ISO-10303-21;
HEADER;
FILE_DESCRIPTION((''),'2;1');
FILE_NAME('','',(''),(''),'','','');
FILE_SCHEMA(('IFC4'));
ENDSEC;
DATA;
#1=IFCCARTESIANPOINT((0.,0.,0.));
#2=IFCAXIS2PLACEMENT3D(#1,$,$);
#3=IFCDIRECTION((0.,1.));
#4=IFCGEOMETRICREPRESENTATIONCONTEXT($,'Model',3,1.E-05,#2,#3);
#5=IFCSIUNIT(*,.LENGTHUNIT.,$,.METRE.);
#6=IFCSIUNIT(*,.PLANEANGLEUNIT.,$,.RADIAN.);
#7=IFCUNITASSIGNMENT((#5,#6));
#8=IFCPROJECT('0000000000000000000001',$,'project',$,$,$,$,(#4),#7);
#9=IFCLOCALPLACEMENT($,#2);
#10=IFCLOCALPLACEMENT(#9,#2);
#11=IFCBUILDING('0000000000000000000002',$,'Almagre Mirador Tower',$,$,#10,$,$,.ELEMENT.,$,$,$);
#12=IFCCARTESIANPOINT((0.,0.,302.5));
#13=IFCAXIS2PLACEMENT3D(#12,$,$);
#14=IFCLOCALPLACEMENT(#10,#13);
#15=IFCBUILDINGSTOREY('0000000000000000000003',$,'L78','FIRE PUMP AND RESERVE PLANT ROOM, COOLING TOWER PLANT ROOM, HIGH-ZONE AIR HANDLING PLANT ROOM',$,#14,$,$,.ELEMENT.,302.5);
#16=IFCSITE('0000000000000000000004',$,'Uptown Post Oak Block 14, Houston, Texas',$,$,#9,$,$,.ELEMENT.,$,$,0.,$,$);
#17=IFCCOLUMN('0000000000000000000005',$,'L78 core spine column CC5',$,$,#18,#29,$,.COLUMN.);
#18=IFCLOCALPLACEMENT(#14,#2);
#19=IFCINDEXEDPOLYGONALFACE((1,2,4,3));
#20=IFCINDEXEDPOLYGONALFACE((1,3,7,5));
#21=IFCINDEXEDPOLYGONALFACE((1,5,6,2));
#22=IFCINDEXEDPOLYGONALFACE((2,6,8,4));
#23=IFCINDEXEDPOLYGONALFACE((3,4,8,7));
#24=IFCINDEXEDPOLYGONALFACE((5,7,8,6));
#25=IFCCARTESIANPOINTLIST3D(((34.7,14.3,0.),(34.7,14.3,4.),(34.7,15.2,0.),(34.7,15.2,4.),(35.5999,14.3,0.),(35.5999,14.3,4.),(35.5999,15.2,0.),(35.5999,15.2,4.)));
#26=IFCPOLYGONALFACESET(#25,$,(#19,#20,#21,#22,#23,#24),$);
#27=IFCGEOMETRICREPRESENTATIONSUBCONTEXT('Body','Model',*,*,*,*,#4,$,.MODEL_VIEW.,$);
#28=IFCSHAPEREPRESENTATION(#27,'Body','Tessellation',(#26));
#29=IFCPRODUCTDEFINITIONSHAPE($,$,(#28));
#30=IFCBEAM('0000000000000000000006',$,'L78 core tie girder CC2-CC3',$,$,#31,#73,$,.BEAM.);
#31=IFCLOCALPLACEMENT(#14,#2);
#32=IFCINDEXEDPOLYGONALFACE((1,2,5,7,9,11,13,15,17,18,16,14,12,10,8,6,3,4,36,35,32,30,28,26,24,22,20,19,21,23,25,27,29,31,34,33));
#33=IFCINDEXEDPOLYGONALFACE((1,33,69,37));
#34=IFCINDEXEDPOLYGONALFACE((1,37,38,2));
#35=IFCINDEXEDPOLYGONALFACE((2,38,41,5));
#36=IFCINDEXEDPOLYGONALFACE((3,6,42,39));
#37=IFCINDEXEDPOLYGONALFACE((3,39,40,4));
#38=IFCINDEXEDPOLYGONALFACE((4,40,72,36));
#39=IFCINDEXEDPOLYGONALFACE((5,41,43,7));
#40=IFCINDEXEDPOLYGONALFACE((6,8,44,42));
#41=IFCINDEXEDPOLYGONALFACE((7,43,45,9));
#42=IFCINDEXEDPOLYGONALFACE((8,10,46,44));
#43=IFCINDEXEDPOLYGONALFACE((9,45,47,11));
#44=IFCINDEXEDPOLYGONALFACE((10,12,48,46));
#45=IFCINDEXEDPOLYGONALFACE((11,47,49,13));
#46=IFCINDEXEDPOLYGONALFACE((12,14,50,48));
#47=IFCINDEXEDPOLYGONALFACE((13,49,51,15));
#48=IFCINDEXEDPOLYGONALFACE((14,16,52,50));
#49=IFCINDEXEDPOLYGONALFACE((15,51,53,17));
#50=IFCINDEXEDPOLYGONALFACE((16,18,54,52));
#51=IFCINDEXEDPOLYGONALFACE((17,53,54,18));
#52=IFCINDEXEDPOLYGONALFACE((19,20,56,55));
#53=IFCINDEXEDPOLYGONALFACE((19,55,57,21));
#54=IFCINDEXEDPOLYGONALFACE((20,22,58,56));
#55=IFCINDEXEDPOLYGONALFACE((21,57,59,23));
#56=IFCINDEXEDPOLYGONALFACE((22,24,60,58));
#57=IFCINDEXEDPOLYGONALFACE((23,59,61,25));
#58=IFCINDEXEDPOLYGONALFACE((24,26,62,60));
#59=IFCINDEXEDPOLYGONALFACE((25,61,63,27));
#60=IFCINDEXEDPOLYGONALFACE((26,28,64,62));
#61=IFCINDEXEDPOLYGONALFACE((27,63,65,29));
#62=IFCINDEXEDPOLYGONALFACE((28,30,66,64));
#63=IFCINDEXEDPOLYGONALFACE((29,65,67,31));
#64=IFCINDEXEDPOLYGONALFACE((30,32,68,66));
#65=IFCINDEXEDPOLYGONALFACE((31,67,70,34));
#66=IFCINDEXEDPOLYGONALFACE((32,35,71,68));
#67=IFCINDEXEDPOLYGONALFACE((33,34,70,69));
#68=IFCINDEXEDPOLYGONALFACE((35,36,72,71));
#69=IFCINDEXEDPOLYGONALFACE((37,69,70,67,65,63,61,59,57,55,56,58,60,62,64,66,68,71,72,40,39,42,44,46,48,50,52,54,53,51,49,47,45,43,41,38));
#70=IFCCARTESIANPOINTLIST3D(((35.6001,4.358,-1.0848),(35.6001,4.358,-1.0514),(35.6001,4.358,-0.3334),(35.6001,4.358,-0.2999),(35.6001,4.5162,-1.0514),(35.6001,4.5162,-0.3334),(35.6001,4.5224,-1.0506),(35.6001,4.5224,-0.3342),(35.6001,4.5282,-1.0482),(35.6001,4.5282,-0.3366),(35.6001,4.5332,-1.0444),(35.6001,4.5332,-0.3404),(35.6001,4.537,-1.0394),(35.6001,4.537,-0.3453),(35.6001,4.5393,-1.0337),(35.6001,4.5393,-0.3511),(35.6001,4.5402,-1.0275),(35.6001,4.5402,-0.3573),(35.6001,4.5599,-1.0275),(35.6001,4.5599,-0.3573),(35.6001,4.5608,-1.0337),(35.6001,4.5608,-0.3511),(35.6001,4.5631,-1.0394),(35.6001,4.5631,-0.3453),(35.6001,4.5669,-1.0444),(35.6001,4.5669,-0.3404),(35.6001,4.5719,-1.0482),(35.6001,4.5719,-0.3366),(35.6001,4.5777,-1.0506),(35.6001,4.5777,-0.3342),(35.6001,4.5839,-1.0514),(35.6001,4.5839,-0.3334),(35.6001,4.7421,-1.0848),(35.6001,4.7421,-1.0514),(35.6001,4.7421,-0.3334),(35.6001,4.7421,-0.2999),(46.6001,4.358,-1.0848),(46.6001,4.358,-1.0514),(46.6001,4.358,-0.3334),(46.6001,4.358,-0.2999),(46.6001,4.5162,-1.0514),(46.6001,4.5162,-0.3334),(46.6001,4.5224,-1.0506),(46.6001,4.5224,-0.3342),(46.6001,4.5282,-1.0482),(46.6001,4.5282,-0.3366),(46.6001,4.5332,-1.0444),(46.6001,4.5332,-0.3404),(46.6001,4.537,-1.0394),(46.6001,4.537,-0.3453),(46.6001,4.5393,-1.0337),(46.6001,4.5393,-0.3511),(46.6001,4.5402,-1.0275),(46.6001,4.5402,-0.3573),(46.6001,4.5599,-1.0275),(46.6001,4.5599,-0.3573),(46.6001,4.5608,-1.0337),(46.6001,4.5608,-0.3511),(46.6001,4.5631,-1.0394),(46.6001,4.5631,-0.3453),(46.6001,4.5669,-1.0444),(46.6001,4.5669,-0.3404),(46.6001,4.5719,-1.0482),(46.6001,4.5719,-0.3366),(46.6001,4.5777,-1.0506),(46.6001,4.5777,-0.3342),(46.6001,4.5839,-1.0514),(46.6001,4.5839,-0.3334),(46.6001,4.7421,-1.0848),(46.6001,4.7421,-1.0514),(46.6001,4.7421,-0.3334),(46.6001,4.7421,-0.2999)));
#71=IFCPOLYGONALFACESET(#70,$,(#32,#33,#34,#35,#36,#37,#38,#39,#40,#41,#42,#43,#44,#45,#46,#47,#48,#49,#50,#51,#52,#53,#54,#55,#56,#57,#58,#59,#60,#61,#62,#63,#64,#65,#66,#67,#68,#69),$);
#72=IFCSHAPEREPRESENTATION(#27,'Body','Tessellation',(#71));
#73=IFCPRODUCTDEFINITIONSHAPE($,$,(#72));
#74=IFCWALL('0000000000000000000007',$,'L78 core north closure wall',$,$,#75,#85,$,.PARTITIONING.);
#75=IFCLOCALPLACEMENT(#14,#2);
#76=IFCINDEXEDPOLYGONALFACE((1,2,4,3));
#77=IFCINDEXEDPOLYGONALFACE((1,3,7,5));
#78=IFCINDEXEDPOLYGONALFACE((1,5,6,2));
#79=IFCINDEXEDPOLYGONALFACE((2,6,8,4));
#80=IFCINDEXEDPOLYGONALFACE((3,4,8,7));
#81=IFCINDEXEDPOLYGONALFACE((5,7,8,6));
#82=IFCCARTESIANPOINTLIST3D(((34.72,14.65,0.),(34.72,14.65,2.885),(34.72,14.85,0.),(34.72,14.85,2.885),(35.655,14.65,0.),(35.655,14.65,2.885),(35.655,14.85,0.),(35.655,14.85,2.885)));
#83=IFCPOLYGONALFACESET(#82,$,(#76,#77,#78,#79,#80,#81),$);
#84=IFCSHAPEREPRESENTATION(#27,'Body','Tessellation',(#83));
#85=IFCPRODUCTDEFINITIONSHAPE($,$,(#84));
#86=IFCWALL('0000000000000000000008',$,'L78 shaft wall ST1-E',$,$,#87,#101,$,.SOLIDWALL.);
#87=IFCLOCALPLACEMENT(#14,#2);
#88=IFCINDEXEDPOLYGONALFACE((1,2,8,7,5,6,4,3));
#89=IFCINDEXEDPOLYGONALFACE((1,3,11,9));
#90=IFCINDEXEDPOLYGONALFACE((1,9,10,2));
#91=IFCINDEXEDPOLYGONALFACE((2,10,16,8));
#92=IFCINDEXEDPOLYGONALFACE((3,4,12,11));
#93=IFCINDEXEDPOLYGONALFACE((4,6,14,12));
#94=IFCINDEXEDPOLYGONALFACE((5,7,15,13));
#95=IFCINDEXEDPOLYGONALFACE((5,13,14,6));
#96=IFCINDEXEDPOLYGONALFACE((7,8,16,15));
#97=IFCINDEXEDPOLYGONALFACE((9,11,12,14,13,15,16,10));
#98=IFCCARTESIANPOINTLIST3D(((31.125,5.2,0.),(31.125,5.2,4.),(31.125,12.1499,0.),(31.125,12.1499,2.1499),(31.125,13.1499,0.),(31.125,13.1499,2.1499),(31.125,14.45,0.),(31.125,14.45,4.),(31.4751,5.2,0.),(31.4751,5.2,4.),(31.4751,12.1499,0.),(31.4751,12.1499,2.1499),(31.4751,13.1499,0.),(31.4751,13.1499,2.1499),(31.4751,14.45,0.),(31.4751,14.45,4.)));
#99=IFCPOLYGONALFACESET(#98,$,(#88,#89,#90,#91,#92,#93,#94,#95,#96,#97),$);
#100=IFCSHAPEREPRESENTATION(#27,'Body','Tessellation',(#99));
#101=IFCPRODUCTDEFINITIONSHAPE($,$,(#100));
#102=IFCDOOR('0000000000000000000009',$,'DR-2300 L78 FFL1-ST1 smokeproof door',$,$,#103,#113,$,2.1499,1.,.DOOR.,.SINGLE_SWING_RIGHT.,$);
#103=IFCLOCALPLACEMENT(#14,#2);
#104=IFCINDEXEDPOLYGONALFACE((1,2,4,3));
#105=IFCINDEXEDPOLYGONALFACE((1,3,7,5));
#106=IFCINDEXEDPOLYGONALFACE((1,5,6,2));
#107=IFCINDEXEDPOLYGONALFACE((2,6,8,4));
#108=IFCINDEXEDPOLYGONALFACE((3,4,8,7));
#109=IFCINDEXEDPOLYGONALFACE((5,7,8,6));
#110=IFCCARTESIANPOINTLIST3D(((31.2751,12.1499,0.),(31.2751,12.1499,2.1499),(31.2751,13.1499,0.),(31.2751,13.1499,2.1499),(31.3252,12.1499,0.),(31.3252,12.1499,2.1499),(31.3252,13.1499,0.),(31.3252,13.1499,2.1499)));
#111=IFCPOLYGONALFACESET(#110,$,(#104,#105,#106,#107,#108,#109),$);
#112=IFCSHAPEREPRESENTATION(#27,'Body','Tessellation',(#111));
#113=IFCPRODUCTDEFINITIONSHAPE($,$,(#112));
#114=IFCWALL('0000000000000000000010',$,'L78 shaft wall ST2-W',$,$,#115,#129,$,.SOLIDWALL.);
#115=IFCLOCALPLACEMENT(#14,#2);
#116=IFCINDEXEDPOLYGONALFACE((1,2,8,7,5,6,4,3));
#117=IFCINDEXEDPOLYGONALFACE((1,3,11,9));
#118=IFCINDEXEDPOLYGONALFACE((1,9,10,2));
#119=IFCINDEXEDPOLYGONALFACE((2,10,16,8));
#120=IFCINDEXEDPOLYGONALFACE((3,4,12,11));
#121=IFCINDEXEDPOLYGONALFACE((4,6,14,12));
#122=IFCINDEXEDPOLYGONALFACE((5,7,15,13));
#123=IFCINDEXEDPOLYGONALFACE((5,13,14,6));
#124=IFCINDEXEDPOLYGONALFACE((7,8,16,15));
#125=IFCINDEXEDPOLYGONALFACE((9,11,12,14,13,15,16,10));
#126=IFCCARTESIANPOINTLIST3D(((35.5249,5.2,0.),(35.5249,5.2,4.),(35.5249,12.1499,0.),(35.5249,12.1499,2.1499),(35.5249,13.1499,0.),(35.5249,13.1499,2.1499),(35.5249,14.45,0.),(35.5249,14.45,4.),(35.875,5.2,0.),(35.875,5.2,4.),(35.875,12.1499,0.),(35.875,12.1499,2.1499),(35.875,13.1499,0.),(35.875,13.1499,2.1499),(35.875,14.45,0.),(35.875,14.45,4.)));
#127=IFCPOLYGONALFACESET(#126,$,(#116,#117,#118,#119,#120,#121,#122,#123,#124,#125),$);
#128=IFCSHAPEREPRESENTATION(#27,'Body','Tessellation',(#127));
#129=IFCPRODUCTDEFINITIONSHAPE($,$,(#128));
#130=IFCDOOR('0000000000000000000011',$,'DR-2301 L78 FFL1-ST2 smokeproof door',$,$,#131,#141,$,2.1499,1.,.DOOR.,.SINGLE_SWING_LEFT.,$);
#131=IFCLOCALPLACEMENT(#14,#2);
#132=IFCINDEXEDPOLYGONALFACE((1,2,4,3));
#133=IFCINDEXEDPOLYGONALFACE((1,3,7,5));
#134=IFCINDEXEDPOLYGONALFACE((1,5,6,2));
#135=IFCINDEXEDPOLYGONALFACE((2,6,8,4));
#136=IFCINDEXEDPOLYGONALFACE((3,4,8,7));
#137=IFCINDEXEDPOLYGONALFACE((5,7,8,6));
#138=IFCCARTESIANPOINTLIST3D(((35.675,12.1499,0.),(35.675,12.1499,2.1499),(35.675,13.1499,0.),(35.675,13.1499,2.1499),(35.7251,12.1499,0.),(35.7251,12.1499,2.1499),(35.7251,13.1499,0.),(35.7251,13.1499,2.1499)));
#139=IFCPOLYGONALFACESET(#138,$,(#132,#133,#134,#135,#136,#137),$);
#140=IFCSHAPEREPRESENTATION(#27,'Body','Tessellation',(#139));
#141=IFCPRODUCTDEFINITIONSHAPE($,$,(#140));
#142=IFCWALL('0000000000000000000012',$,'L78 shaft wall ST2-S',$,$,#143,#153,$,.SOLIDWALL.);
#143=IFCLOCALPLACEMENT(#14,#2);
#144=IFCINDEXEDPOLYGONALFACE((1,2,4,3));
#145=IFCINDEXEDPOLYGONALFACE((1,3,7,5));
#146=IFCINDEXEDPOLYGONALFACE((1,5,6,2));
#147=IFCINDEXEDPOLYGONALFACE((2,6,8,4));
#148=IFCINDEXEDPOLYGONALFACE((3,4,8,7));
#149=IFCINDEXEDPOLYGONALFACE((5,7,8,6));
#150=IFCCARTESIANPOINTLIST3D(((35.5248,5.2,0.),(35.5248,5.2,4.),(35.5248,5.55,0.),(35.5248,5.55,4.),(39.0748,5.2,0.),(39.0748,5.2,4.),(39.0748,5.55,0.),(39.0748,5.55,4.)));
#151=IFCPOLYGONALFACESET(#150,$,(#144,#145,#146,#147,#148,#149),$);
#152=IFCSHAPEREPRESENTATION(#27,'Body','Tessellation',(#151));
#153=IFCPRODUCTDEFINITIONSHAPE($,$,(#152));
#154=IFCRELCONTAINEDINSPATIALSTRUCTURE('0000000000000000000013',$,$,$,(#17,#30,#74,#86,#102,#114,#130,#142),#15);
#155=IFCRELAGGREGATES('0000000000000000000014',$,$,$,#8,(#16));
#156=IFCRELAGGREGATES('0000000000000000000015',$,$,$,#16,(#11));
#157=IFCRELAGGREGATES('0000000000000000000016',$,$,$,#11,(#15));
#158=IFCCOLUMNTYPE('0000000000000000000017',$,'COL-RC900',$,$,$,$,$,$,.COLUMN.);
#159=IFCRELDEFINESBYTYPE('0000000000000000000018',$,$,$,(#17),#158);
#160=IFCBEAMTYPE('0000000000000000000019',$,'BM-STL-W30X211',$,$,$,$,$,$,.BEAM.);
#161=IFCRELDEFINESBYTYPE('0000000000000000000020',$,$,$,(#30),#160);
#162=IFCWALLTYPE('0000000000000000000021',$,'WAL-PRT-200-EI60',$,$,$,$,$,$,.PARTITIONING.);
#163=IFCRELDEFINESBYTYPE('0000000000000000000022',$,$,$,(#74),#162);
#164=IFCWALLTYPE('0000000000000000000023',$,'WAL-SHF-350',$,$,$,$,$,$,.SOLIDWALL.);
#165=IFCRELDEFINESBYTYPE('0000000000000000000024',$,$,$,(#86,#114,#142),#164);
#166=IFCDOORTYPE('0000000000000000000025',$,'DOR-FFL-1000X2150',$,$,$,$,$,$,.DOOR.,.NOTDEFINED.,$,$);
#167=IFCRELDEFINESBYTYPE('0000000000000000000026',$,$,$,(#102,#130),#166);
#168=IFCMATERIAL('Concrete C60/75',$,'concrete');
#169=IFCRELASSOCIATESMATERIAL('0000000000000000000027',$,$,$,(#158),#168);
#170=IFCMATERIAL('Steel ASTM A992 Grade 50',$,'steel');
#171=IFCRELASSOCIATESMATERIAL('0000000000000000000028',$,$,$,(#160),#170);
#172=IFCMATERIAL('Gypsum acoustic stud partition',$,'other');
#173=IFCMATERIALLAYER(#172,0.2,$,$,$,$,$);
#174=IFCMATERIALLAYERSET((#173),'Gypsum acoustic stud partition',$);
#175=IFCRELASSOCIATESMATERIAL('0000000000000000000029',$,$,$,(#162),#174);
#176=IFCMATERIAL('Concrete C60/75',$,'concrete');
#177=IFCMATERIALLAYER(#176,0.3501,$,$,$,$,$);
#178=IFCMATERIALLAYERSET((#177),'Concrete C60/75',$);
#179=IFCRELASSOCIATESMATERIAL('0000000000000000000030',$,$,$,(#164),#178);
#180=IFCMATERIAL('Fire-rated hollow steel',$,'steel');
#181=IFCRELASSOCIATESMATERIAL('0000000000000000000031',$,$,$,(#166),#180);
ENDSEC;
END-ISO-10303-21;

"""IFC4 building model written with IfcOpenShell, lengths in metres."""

from ifc_helpers import new_model, si_unit, direction, frame, frame_2d, origin, origin_2d, place, context, subcontext, project, spatial, rectangle, i_section, extrude, material, layer, layer_set, material_profile, profile_set, type_object, element, fill, save


model = new_model("IFC4")

# Units and contexts
model_context = context("Model", 3, precision=1e-05, world=origin(), true_north=direction((0.0, 1.0)))
body_context = subcontext(model_context, "Body", "Model", "MODEL_VIEW")
ifc_project = project(units=[si_unit("LENGTHUNIT", "METRE"), si_unit("PLANEANGLEUNIT", "RADIAN")], contexts=[model_context])

# Site, building, storey
site_placement = place(None, origin())
site = spatial("IfcSite", under=ifc_project, at=site_placement, Name="Uptown Post Oak Block 14, Houston, Texas", CompositionType="ELEMENT", RefElevation=0.0)
building_placement = place(site_placement, origin())
building = spatial("IfcBuilding", under=site, at=building_placement, Name="Almagre Mirador Tower", CompositionType="ELEMENT")
storey_placement = place(building_placement, frame((0.0, 0.0, 302.5)))
storey = spatial("IfcBuildingStorey", under=building, at=storey_placement, Name="L78", Description="FIRE PUMP AND RESERVE PLANT ROOM, COOLING TOWER PLANT ROOM, HIGH-ZONE AIR HANDLING PLANT ROOM", CompositionType="ELEMENT", Elevation=302.5)

# Column
ifc_material_1 = material(Name="Concrete C60/75", Category="concrete")
ifc_material_profile_1 = material_profile(ifc_material_1, rectangle(XDim=0.8999, YDim=0.8999, at=origin_2d()), Name="RC900X900")
ifc_profile_set_1 = profile_set([ifc_material_profile_1], Name="Concrete C60/75")
column_type = type_object("IfcColumnType", Name="COL-RC900", PredefinedType="COLUMN", material=ifc_profile_set_1)
column_placement = place(storey_placement, frame((35.1499, 14.75, 0.0), z_axis=(0.0, 0.0, 1.0), x_axis=(1.0, 0.0, 0.0)))
element("IfcColumn", 1, at=column_placement, inside=storey, type_object=column_type, Name="L78 core spine column CC5", PredefinedType="COLUMN", context=body_context, shape_type="SweptSolid", body=[
    extrude(rectangle(XDim=0.8999, YDim=0.8999, at=origin_2d()), origin(), (0.0, 0.0, 1.0), 4.0),
])

# Beam
ifc_material_2 = material(Name="Steel ASTM A992 Grade 50", Category="steel")
ifc_material_profile_2 = material_profile(ifc_material_2, i_section(OverallWidth=0.384, OverallDepth=0.7849, WebThickness=0.0198, FlangeThickness=0.0334, FilletRadius=0.0239, at=origin_2d()), Name="W30X211")
ifc_profile_set_2 = profile_set([ifc_material_profile_2], Name="Steel ASTM A992 Grade 50")
beam_type = type_object("IfcBeamType", Name="BM-STL-W30X211", PredefinedType="BEAM", material=ifc_profile_set_2)
beam_placement = place(storey_placement, frame((35.6001, 4.55, -0.6924), z_axis=(1.0, 0.0, 0.0), x_axis=(0.0, 1.0, 0.0)))
element("IfcBeam", 2, at=beam_placement, inside=storey, type_object=beam_type, Name="L78 core tie girder CC2-CC3", PredefinedType="BEAM", context=body_context, shape_type="SweptSolid", body=[
    extrude(i_section(OverallWidth=0.384, OverallDepth=0.7849, WebThickness=0.0198, FlangeThickness=0.0334, FilletRadius=0.0239, at=origin_2d()), origin(), (0.0, 0.0, 1.0), 11.0),
])

# Wall
ifc_material_3 = material(Name="Gypsum acoustic stud partition", Category="other")
ifc_layer_1 = layer(ifc_material_3, 0.2)
ifc_layer_set_1 = layer_set([ifc_layer_1], Name="Gypsum acoustic stud partition")
wall_type_1 = type_object("IfcWallType", Name="WAL-PRT-200-EI60", PredefinedType="PARTITIONING", material=ifc_layer_set_1)
wall_1_placement = place(storey_placement, frame((34.72, 14.75, 0.0), z_axis=(0.0, 0.0, 1.0), x_axis=(1.0, 0.0, 0.0)))
element("IfcWall", 3, at=wall_1_placement, inside=storey, type_object=wall_type_1, Name="L78 core north closure wall", PredefinedType="PARTITIONING", context=body_context, shape_type="SweptSolid", body=[
    extrude(rectangle(XDim=0.9351, YDim=0.2, at=frame_2d((0.4675, 0.0))), origin(), (0.0, 0.0, 1.0), 2.885),
])

# Walls, openings, doors
ifc_material_4 = material(Name="Concrete C60/75", Category="concrete")
ifc_layer_2 = layer(ifc_material_4, 0.3501)
ifc_layer_set_2 = layer_set([ifc_layer_2], Name="Concrete C60/75")
wall_type_2 = type_object("IfcWallType", Name="WAL-SHF-350", PredefinedType="SOLIDWALL", material=ifc_layer_set_2)
wall_2_placement = place(storey_placement, frame((31.3, 5.2, 0.0), z_axis=(0.0, 0.0, 1.0), x_axis=(0.0, 1.0, 0.0)))
wall_2 = element("IfcWall", 4, at=wall_2_placement, inside=storey, type_object=wall_type_2, Name="L78 shaft wall ST1-E", PredefinedType="SOLIDWALL", context=body_context, shape_type="SweptSolid", body=[
    extrude(rectangle(XDim=9.25, YDim=0.3501, at=frame_2d((4.625, 0.0))), origin(), (0.0, 0.0, 1.0), 4.0),
])
opening_1_placement = place(wall_2_placement, frame((6.95, 0.0, 0.0)))
opening_1 = element("IfcOpeningElement", 5, at=opening_1_placement, cuts=wall_2, PredefinedType="OPENING", context=body_context, shape_type="SweptSolid", body=[
    extrude(rectangle(XDim=1.0, YDim=2.1499, at=frame_2d((0.5, 1.075))), frame((0.0, 0.185, 0.0), z_axis=(0.0, -1.0, 0.0), x_axis=(1.0, 0.0, 0.0)), (0.0, 0.0, 1.0), 0.3701),
])
ifc_material_5 = material(Name="Fire-rated hollow steel", Category="steel")
door_type_1 = type_object("IfcDoorType", Name="DOR-FFL-1000X2150", OperationType="NOTDEFINED", PredefinedType="DOOR", material=ifc_material_5)
door_1_placement = place(opening_1_placement, origin())
door_1 = element("IfcDoor", 6, at=door_1_placement, inside=storey, type_object=door_type_1, Name="DR-2300 L78 FFL1-ST1 smokeproof door", OperationType="SINGLE_SWING_RIGHT", OverallHeight=2.1499, OverallWidth=1.0, PredefinedType="DOOR", context=body_context, shape_type="SweptSolid", body=[
    extrude(rectangle(XDim=1.0, YDim=2.1499, at=frame_2d((0.5, 1.075))), frame((0.0, 0.0249, 0.0), z_axis=(0.0, -1.0, 0.0), x_axis=(1.0, 0.0, 0.0)), (0.0, 0.0, 1.0), 0.05),
])
fill(opening_1, door_1)
wall_3_placement = place(storey_placement, frame((35.7, 5.2, 0.0), z_axis=(0.0, 0.0, 1.0), x_axis=(0.0, 1.0, 0.0)))
wall_3 = element("IfcWall", 7, at=wall_3_placement, inside=storey, type_object=wall_type_2, Name="L78 shaft wall ST2-W", PredefinedType="SOLIDWALL", context=body_context, shape_type="SweptSolid", body=[
    extrude(rectangle(XDim=9.25, YDim=0.3501, at=frame_2d((4.625, 0.0))), origin(), (0.0, 0.0, 1.0), 4.0),
])
opening_2_placement = place(wall_3_placement, frame((6.95, 0.0, 0.0)))
opening_2 = element("IfcOpeningElement", 8, at=opening_2_placement, cuts=wall_3, PredefinedType="OPENING", context=body_context, shape_type="SweptSolid", body=[
    extrude(rectangle(XDim=1.0, YDim=2.1499, at=frame_2d((0.5, 1.075))), frame((0.0, 0.185, 0.0), z_axis=(0.0, -1.0, 0.0), x_axis=(1.0, 0.0, 0.0)), (0.0, 0.0, 1.0), 0.3701),
])
door_2_placement = place(opening_2_placement, origin())
door_2 = element("IfcDoor", 9, at=door_2_placement, inside=storey, type_object=door_type_1, Name="DR-2301 L78 FFL1-ST2 smokeproof door", OperationType="SINGLE_SWING_LEFT", OverallHeight=2.1499, OverallWidth=1.0, PredefinedType="DOOR", context=body_context, shape_type="SweptSolid", body=[
    extrude(rectangle(XDim=1.0, YDim=2.1499, at=frame_2d((0.5, 1.075))), frame((0.0, 0.0249, 0.0), z_axis=(0.0, -1.0, 0.0), x_axis=(1.0, 0.0, 0.0)), (0.0, 0.0, 1.0), 0.05),
])
fill(opening_2, door_2)

# Wall
wall_4_placement = place(storey_placement, frame((35.5249, 5.375, 0.0), z_axis=(0.0, 0.0, 1.0), x_axis=(1.0, 0.0, 0.0)))
element("IfcWall", 10, at=wall_4_placement, inside=storey, type_object=wall_type_2, Name="L78 shaft wall ST2-S", PredefinedType="SOLIDWALL", context=body_context, shape_type="SweptSolid", body=[
    extrude(rectangle(XDim=3.55, YDim=0.3501, at=frame_2d((1.7749, 0.0))), origin(), (0.0, 0.0, 1.0), 4.0),
])

save(model, "model.ifc")
